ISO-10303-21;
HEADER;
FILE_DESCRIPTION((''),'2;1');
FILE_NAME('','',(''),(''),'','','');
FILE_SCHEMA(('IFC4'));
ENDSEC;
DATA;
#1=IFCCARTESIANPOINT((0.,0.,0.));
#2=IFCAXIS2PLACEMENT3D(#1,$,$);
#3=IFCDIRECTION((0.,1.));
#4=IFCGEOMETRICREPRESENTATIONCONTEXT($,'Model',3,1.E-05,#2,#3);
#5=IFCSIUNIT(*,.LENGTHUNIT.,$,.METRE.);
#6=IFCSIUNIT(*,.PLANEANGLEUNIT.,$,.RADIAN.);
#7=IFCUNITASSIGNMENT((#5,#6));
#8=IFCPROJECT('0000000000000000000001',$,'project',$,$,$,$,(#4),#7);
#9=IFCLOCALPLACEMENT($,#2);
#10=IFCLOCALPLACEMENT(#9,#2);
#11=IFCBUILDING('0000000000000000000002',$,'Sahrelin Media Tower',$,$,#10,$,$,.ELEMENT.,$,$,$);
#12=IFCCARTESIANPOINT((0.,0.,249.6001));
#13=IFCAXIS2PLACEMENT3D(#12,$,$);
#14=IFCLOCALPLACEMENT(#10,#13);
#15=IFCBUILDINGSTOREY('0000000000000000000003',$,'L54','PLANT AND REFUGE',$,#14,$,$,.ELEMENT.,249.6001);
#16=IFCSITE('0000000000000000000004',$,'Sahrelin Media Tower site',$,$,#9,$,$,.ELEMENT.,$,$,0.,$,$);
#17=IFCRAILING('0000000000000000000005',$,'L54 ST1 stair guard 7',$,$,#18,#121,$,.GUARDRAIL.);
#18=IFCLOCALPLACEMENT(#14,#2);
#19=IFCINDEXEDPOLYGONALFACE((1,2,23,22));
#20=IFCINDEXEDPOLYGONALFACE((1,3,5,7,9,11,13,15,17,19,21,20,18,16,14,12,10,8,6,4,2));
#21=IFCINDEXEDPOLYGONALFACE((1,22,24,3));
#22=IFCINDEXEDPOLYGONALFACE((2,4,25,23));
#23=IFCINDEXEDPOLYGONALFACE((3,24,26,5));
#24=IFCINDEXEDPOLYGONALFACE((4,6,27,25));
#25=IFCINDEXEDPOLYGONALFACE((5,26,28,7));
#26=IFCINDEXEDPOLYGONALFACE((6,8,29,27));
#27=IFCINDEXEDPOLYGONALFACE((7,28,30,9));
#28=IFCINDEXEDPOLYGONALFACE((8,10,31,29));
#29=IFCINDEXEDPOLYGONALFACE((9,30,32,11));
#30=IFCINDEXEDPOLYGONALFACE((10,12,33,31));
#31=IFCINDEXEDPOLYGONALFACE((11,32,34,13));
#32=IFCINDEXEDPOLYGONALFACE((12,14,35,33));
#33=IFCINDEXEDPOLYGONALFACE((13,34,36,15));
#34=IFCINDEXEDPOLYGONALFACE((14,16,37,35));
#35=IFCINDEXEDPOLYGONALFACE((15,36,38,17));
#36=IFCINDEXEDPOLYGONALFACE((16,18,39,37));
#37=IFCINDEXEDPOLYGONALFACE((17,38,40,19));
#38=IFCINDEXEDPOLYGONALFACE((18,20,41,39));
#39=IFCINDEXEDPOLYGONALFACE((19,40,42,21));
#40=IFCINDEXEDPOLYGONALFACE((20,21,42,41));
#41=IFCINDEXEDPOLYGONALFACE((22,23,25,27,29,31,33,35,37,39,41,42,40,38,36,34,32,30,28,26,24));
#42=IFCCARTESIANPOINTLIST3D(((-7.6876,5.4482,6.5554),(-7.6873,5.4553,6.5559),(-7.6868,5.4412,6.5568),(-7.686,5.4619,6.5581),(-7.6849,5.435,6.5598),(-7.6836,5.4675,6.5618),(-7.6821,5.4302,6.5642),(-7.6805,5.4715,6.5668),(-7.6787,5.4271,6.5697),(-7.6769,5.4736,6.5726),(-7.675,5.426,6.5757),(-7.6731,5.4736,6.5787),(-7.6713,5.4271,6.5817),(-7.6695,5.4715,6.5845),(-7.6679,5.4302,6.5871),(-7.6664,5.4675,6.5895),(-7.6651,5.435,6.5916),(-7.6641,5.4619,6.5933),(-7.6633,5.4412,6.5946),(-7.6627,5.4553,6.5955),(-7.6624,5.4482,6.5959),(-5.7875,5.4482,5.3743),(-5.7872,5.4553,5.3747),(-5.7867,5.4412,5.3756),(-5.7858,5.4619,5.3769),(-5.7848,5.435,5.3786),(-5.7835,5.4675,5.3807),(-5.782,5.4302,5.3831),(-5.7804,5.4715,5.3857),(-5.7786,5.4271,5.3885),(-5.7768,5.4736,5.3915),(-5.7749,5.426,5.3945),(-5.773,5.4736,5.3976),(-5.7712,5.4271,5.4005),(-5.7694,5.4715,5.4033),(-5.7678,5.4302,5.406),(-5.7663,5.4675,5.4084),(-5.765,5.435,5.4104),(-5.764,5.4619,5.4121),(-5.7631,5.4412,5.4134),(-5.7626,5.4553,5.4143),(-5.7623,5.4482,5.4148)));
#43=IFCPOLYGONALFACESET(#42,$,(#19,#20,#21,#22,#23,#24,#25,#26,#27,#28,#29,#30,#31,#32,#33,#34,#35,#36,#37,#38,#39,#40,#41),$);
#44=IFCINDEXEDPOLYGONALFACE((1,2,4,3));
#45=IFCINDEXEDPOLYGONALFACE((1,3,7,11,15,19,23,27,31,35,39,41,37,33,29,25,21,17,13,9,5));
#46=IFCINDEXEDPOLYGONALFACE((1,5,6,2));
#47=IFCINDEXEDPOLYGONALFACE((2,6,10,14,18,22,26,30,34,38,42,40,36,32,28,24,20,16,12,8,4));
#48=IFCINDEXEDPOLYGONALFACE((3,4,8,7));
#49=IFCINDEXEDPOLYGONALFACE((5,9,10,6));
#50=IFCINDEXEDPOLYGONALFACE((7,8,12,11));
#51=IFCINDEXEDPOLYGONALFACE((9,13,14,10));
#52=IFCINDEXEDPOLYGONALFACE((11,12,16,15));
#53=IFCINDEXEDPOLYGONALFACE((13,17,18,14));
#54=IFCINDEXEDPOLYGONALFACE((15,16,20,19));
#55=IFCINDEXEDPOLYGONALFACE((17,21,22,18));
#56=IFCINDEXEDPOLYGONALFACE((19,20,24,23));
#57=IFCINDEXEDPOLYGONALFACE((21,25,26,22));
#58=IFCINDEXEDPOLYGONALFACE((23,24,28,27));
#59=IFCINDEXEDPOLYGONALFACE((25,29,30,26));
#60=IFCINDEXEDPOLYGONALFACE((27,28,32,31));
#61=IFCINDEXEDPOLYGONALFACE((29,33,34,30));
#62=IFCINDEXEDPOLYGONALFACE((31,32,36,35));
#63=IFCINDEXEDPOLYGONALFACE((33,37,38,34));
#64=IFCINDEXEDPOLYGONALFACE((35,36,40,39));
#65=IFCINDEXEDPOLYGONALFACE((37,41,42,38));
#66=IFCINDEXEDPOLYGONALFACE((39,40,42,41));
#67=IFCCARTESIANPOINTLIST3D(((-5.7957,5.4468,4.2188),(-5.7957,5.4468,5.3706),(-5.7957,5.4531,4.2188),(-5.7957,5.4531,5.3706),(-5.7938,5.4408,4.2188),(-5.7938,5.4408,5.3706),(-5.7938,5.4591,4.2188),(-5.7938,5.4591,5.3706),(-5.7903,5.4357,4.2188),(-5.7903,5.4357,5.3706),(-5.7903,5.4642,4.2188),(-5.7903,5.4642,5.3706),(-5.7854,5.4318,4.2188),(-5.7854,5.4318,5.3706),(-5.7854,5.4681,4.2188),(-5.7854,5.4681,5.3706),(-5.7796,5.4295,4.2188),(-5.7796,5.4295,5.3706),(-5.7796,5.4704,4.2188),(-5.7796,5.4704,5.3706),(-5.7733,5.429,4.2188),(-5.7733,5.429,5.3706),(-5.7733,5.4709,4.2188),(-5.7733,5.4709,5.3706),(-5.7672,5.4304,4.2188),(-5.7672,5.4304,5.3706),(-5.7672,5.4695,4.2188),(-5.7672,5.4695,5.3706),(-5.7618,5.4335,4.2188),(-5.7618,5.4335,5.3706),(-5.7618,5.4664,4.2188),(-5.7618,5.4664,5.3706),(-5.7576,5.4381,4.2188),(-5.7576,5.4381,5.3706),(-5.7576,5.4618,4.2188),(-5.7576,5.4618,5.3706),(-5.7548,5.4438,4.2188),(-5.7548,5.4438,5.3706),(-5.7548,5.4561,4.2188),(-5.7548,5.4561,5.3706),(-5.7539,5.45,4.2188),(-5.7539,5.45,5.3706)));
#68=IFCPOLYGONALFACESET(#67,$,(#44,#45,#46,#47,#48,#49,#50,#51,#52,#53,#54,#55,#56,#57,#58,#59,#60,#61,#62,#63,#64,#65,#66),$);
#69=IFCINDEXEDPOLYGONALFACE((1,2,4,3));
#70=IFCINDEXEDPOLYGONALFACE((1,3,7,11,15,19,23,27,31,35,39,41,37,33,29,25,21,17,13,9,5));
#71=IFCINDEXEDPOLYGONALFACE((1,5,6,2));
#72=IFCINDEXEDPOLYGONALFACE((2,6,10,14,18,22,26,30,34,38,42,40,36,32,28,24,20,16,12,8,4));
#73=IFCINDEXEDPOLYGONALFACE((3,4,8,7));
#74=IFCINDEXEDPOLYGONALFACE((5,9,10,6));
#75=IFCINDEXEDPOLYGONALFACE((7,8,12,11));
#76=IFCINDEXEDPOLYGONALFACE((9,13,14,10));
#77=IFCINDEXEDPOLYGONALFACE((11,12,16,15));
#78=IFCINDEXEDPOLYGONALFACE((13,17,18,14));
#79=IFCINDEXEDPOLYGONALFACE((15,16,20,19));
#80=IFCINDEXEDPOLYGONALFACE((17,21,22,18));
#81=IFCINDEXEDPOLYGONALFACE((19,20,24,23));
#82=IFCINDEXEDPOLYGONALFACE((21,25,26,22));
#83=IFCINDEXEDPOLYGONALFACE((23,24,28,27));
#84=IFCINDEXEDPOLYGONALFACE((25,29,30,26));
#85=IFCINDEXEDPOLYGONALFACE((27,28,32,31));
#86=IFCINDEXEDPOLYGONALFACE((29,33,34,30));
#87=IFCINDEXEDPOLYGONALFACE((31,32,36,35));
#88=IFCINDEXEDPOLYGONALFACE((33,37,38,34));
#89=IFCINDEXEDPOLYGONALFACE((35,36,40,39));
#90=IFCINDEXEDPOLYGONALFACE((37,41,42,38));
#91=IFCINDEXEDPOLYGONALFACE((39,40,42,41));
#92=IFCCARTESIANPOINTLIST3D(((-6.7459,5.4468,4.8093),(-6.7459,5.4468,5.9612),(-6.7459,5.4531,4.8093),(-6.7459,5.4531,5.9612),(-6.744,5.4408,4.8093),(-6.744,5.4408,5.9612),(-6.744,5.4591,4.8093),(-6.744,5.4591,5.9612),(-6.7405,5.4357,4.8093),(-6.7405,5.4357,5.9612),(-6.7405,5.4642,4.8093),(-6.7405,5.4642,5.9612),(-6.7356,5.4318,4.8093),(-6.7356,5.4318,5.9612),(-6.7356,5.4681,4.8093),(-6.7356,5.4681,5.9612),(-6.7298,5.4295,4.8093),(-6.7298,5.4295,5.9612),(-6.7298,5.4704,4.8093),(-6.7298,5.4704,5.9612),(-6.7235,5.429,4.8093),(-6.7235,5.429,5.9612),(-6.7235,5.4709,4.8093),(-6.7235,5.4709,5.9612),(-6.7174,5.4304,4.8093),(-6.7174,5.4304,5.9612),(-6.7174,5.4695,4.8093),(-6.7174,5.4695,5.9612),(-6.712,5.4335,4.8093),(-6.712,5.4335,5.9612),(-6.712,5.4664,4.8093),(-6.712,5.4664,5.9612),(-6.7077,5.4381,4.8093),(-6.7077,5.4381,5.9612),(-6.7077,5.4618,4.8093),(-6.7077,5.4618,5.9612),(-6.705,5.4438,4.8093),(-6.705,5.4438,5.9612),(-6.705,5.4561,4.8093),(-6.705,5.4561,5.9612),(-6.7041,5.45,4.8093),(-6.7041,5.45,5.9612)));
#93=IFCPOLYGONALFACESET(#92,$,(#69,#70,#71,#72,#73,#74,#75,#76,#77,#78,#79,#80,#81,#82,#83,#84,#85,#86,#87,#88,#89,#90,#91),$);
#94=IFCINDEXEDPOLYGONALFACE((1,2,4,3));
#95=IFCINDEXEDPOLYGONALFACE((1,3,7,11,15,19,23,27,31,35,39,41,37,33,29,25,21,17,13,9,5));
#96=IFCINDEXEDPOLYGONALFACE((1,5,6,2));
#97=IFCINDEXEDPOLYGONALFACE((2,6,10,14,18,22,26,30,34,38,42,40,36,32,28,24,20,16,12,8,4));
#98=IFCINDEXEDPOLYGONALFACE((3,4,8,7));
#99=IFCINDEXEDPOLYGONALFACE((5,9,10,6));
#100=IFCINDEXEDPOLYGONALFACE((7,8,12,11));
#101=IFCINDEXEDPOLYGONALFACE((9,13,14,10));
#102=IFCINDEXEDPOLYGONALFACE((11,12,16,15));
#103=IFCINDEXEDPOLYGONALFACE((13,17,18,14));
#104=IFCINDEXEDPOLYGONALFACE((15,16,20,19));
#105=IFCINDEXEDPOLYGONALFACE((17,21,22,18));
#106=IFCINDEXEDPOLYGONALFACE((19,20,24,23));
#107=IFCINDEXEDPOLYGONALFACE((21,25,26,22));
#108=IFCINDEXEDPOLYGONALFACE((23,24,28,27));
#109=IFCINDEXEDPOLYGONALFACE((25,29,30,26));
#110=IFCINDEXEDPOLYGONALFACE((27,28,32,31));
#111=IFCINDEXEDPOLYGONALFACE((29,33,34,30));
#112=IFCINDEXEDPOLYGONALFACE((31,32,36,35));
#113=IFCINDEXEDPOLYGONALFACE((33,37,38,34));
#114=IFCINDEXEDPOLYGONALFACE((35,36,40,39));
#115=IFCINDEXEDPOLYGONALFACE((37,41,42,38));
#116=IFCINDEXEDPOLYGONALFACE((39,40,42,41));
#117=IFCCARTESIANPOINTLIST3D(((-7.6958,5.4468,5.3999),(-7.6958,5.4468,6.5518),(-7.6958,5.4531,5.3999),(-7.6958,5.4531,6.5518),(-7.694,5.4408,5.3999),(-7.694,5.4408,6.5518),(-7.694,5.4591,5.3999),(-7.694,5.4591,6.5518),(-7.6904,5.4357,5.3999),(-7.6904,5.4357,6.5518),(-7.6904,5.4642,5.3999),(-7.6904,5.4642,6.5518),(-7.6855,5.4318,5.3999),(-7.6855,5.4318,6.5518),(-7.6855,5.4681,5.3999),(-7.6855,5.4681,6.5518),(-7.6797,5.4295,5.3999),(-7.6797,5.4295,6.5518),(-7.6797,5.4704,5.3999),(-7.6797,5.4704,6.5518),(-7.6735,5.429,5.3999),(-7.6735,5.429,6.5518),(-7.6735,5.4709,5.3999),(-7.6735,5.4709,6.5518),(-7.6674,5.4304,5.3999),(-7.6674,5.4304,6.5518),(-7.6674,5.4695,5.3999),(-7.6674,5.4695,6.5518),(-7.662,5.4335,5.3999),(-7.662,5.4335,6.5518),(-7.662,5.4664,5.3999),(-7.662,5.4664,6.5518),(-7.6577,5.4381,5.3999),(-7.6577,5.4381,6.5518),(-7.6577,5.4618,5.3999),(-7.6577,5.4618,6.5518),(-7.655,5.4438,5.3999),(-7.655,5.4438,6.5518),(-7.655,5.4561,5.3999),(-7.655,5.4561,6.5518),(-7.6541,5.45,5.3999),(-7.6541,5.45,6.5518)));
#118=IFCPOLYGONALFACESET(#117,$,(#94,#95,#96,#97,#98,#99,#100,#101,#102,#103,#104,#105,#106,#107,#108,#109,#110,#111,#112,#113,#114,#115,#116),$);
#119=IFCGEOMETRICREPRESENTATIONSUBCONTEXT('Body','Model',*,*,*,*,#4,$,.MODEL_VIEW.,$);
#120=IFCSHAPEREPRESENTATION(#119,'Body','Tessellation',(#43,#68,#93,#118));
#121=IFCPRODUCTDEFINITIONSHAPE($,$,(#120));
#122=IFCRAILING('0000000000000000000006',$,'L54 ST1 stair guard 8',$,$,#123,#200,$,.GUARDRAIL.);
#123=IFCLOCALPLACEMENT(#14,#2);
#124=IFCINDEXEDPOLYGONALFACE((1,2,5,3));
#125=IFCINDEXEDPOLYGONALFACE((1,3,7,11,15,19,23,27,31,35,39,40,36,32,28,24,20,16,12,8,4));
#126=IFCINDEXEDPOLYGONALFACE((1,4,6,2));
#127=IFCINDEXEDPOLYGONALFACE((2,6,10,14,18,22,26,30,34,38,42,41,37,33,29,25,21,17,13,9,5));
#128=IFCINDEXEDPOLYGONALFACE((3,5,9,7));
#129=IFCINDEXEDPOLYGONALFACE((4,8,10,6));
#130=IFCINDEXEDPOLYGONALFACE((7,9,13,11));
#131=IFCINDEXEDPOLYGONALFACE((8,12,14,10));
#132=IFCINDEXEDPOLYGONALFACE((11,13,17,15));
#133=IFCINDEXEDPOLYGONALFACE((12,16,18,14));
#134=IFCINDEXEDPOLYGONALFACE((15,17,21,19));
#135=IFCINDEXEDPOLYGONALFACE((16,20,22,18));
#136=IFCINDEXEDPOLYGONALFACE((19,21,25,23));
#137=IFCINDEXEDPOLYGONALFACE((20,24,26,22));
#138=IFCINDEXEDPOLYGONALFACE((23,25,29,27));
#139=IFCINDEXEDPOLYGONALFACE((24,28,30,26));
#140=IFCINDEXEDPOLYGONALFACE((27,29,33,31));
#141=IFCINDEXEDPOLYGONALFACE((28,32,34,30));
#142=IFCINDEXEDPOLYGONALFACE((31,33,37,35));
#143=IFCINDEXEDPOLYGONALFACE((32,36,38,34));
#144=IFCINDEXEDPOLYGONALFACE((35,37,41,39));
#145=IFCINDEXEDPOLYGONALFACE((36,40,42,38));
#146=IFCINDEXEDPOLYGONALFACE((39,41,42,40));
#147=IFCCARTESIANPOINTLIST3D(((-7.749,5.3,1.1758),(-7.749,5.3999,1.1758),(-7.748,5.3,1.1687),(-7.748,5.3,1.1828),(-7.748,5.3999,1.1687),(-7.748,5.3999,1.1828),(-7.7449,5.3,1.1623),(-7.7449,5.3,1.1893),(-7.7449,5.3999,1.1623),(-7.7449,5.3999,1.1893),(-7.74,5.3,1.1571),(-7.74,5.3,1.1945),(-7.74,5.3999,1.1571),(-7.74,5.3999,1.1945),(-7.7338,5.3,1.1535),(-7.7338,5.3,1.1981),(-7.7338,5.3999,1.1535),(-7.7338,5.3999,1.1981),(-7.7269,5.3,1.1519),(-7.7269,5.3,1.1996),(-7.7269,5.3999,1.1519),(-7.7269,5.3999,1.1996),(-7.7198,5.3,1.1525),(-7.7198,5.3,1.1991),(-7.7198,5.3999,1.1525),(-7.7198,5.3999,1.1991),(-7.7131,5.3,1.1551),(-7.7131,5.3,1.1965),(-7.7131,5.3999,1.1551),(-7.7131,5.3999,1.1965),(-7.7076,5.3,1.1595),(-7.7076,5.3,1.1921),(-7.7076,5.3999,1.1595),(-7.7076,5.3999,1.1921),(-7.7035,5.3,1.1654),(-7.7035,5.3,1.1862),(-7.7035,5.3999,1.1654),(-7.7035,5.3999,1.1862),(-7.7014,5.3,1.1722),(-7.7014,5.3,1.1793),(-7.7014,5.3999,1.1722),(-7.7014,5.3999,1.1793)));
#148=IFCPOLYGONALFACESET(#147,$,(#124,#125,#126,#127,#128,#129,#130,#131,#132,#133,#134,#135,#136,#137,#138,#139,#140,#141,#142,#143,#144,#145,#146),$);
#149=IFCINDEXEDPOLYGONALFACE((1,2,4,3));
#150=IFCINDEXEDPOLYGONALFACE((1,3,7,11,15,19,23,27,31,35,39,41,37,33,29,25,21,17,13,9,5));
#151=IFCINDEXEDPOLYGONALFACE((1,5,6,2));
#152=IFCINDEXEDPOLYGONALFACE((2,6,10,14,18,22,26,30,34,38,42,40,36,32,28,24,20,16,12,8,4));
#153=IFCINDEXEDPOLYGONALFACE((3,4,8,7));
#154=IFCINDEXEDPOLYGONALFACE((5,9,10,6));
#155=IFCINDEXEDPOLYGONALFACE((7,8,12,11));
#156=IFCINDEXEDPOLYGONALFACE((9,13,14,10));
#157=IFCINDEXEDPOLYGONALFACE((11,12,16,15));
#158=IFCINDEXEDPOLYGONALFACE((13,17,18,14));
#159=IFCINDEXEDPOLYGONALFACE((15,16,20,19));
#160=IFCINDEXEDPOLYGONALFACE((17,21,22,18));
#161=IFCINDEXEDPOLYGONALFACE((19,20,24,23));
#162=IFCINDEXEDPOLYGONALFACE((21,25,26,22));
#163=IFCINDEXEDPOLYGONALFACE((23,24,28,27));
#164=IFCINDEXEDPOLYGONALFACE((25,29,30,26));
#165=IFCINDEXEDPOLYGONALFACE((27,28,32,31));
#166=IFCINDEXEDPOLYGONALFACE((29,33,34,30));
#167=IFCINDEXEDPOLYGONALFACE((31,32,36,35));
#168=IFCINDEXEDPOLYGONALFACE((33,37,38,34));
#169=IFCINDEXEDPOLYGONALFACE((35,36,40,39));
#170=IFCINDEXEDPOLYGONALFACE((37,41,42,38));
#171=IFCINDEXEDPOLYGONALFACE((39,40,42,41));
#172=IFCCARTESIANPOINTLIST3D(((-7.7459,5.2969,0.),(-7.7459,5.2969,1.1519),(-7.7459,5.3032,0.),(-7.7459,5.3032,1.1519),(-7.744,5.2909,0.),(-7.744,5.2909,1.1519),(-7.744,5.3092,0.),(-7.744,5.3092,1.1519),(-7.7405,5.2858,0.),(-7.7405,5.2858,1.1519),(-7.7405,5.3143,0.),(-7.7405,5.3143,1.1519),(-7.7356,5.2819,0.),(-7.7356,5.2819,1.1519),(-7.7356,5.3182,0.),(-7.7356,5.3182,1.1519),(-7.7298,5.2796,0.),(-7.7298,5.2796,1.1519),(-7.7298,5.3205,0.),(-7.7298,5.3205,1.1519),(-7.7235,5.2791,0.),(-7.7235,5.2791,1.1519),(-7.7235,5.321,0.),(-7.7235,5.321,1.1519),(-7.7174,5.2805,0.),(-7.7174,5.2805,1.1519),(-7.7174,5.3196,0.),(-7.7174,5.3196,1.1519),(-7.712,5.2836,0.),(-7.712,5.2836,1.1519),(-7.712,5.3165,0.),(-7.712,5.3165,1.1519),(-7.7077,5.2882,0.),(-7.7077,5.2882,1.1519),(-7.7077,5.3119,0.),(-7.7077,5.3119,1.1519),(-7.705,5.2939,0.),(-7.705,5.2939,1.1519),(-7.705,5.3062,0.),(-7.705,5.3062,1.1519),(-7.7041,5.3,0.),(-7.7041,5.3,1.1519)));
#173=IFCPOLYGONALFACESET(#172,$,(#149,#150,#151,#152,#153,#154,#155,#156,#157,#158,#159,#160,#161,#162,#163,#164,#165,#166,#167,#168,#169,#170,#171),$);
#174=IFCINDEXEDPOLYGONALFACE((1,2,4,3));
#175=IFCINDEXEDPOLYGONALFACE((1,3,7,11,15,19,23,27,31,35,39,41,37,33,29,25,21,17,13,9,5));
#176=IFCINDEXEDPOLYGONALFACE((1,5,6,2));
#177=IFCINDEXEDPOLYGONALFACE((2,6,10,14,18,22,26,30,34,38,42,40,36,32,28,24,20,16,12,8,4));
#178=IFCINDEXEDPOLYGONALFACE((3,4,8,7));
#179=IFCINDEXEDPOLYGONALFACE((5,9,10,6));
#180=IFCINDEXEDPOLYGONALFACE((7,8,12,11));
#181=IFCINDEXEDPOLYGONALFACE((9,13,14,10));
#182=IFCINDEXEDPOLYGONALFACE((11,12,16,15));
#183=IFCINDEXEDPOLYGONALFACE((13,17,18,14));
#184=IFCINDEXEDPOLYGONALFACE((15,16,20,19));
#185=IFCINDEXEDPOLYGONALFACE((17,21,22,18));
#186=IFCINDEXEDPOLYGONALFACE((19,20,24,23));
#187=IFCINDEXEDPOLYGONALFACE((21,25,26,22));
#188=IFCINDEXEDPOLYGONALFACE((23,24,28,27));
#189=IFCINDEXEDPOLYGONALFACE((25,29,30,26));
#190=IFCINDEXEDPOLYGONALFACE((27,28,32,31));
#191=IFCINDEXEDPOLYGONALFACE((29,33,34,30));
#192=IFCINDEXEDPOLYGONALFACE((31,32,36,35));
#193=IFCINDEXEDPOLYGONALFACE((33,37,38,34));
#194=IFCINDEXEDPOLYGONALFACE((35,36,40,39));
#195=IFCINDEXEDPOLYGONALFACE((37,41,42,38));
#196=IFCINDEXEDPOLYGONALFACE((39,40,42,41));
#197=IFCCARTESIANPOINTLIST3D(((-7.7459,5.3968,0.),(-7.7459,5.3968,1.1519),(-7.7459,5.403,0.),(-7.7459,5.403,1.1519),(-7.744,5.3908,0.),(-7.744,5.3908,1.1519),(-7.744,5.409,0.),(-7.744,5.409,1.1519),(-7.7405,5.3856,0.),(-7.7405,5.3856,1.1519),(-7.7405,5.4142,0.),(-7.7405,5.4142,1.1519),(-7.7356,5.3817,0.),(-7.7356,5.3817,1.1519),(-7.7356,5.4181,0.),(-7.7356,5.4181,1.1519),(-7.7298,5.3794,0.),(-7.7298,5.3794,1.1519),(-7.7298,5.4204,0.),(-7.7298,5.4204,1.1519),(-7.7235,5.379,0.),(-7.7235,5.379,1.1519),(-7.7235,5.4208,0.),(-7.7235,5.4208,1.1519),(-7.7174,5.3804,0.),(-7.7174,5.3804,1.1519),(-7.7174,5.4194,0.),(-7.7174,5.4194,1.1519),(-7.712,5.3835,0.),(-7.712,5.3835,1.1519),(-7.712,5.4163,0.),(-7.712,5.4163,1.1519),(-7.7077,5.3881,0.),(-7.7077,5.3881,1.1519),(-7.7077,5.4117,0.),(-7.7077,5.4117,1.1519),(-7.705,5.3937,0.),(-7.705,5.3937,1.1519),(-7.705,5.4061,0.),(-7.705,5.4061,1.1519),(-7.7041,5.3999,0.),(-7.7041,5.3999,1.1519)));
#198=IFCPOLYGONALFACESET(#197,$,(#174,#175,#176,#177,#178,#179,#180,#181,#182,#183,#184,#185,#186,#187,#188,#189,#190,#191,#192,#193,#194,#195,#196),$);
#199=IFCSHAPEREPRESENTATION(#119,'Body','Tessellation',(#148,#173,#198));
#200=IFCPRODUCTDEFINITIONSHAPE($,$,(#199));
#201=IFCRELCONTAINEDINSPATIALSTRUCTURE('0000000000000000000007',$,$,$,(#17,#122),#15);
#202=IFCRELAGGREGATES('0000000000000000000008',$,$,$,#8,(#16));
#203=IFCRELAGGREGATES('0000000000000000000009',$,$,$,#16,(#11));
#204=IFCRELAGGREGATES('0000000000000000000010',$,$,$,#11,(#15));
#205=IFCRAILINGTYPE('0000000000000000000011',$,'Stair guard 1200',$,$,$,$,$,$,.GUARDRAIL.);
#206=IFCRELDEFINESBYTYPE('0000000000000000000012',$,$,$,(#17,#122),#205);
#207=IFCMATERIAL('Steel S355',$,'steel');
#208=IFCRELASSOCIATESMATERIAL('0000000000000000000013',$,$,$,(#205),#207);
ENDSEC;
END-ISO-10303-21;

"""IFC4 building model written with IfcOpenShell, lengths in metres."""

from ifc_helpers import new_model, si_unit, direction, frame, origin, origin_2d, place, context, subcontext, project, spatial, circle, extrude, material, type_object, element, save


model = new_model("IFC4")

# Units and contexts
model_context = context("Model", 3, precision=1e-05, world=origin(), true_north=direction((0.0, 1.0)))
body_context = subcontext(model_context, "Body", "Model", "MODEL_VIEW")
ifc_project = project(units=[si_unit("LENGTHUNIT", "METRE"), si_unit("PLANEANGLEUNIT", "RADIAN")], contexts=[model_context])

# Site, building, storey
site_placement = place(None, origin())
site = spatial("IfcSite", under=ifc_project, at=site_placement, Name="Sahrelin Media Tower site", CompositionType="ELEMENT", RefElevation=0.0)
building_placement = place(site_placement, origin())
building = spatial("IfcBuilding", under=site, at=building_placement, Name="Sahrelin Media Tower", CompositionType="ELEMENT")
storey_placement = place(building_placement, frame((0.0, 0.0, 249.6001)))
storey = spatial("IfcBuildingStorey", under=building, at=storey_placement, Name="L54", Description="PLANT AND REFUGE", CompositionType="ELEMENT", Elevation=249.6001)

# Railings
ifc_material_1 = material(Name="Steel S355", Category="steel")
railing_type_1 = type_object("IfcRailingType", Name="Stair guard 1200", PredefinedType="GUARDRAIL", material=ifc_material_1)
railing_1_placement = place(storey_placement, frame((-5.7749, 5.45, 4.2188)))
element("IfcRailing", 1, at=railing_1_placement, inside=storey, type_object=railing_type_1, Name="L54 ST1 stair guard 7", PredefinedType="GUARDRAIL", context=body_context, shape_type="SweptSolid", body=[
    extrude(circle(Radius=0.0239, at=origin_2d()), frame((0.0, 0.0, 1.1758), z_axis=(-0.849289, 0.0, 0.527928), x_axis=(0.0, -1.0, 0.0)), (0.0, 0.0, 1.0), 2.2373),
    extrude(circle(Radius=0.021, at=origin_2d()), origin(), (0.0, 0.0, 1.0), 1.1519),
    extrude(circle(Radius=0.021, at=origin_2d()), frame((-0.9502, 0.0, 0.5906)), (0.0, 0.0, 1.0), 1.1519),
    extrude(circle(Radius=0.021, at=origin_2d()), frame((-1.9001, 0.0, 1.1812)), (0.0, 0.0, 1.0), 1.1519),
])
railing_2_placement = place(storey_placement, frame((-7.7251, 5.3, 0.0)))
element("IfcRailing", 2, at=railing_2_placement, inside=storey, type_object=railing_type_1, Name="L54 ST1 stair guard 8", PredefinedType="GUARDRAIL", context=body_context, shape_type="SweptSolid", body=[
    extrude(circle(Radius=0.0239, at=origin_2d()), frame((0.0, 0.0, 1.1758), z_axis=(0.0, 1.0, 0.0), x_axis=(-1.0, 0.0, 0.0)), (0.0, 0.0, 1.0), 0.0999),
    extrude(circle(Radius=0.021, at=origin_2d()), origin(), (0.0, 0.0, 1.0), 1.1519),
    extrude(circle(Radius=0.021, at=origin_2d()), frame((0.0, 0.0999, 0.0)), (0.0, 0.0, 1.0), 1.1519),
])

save(model, "model.ifc")
